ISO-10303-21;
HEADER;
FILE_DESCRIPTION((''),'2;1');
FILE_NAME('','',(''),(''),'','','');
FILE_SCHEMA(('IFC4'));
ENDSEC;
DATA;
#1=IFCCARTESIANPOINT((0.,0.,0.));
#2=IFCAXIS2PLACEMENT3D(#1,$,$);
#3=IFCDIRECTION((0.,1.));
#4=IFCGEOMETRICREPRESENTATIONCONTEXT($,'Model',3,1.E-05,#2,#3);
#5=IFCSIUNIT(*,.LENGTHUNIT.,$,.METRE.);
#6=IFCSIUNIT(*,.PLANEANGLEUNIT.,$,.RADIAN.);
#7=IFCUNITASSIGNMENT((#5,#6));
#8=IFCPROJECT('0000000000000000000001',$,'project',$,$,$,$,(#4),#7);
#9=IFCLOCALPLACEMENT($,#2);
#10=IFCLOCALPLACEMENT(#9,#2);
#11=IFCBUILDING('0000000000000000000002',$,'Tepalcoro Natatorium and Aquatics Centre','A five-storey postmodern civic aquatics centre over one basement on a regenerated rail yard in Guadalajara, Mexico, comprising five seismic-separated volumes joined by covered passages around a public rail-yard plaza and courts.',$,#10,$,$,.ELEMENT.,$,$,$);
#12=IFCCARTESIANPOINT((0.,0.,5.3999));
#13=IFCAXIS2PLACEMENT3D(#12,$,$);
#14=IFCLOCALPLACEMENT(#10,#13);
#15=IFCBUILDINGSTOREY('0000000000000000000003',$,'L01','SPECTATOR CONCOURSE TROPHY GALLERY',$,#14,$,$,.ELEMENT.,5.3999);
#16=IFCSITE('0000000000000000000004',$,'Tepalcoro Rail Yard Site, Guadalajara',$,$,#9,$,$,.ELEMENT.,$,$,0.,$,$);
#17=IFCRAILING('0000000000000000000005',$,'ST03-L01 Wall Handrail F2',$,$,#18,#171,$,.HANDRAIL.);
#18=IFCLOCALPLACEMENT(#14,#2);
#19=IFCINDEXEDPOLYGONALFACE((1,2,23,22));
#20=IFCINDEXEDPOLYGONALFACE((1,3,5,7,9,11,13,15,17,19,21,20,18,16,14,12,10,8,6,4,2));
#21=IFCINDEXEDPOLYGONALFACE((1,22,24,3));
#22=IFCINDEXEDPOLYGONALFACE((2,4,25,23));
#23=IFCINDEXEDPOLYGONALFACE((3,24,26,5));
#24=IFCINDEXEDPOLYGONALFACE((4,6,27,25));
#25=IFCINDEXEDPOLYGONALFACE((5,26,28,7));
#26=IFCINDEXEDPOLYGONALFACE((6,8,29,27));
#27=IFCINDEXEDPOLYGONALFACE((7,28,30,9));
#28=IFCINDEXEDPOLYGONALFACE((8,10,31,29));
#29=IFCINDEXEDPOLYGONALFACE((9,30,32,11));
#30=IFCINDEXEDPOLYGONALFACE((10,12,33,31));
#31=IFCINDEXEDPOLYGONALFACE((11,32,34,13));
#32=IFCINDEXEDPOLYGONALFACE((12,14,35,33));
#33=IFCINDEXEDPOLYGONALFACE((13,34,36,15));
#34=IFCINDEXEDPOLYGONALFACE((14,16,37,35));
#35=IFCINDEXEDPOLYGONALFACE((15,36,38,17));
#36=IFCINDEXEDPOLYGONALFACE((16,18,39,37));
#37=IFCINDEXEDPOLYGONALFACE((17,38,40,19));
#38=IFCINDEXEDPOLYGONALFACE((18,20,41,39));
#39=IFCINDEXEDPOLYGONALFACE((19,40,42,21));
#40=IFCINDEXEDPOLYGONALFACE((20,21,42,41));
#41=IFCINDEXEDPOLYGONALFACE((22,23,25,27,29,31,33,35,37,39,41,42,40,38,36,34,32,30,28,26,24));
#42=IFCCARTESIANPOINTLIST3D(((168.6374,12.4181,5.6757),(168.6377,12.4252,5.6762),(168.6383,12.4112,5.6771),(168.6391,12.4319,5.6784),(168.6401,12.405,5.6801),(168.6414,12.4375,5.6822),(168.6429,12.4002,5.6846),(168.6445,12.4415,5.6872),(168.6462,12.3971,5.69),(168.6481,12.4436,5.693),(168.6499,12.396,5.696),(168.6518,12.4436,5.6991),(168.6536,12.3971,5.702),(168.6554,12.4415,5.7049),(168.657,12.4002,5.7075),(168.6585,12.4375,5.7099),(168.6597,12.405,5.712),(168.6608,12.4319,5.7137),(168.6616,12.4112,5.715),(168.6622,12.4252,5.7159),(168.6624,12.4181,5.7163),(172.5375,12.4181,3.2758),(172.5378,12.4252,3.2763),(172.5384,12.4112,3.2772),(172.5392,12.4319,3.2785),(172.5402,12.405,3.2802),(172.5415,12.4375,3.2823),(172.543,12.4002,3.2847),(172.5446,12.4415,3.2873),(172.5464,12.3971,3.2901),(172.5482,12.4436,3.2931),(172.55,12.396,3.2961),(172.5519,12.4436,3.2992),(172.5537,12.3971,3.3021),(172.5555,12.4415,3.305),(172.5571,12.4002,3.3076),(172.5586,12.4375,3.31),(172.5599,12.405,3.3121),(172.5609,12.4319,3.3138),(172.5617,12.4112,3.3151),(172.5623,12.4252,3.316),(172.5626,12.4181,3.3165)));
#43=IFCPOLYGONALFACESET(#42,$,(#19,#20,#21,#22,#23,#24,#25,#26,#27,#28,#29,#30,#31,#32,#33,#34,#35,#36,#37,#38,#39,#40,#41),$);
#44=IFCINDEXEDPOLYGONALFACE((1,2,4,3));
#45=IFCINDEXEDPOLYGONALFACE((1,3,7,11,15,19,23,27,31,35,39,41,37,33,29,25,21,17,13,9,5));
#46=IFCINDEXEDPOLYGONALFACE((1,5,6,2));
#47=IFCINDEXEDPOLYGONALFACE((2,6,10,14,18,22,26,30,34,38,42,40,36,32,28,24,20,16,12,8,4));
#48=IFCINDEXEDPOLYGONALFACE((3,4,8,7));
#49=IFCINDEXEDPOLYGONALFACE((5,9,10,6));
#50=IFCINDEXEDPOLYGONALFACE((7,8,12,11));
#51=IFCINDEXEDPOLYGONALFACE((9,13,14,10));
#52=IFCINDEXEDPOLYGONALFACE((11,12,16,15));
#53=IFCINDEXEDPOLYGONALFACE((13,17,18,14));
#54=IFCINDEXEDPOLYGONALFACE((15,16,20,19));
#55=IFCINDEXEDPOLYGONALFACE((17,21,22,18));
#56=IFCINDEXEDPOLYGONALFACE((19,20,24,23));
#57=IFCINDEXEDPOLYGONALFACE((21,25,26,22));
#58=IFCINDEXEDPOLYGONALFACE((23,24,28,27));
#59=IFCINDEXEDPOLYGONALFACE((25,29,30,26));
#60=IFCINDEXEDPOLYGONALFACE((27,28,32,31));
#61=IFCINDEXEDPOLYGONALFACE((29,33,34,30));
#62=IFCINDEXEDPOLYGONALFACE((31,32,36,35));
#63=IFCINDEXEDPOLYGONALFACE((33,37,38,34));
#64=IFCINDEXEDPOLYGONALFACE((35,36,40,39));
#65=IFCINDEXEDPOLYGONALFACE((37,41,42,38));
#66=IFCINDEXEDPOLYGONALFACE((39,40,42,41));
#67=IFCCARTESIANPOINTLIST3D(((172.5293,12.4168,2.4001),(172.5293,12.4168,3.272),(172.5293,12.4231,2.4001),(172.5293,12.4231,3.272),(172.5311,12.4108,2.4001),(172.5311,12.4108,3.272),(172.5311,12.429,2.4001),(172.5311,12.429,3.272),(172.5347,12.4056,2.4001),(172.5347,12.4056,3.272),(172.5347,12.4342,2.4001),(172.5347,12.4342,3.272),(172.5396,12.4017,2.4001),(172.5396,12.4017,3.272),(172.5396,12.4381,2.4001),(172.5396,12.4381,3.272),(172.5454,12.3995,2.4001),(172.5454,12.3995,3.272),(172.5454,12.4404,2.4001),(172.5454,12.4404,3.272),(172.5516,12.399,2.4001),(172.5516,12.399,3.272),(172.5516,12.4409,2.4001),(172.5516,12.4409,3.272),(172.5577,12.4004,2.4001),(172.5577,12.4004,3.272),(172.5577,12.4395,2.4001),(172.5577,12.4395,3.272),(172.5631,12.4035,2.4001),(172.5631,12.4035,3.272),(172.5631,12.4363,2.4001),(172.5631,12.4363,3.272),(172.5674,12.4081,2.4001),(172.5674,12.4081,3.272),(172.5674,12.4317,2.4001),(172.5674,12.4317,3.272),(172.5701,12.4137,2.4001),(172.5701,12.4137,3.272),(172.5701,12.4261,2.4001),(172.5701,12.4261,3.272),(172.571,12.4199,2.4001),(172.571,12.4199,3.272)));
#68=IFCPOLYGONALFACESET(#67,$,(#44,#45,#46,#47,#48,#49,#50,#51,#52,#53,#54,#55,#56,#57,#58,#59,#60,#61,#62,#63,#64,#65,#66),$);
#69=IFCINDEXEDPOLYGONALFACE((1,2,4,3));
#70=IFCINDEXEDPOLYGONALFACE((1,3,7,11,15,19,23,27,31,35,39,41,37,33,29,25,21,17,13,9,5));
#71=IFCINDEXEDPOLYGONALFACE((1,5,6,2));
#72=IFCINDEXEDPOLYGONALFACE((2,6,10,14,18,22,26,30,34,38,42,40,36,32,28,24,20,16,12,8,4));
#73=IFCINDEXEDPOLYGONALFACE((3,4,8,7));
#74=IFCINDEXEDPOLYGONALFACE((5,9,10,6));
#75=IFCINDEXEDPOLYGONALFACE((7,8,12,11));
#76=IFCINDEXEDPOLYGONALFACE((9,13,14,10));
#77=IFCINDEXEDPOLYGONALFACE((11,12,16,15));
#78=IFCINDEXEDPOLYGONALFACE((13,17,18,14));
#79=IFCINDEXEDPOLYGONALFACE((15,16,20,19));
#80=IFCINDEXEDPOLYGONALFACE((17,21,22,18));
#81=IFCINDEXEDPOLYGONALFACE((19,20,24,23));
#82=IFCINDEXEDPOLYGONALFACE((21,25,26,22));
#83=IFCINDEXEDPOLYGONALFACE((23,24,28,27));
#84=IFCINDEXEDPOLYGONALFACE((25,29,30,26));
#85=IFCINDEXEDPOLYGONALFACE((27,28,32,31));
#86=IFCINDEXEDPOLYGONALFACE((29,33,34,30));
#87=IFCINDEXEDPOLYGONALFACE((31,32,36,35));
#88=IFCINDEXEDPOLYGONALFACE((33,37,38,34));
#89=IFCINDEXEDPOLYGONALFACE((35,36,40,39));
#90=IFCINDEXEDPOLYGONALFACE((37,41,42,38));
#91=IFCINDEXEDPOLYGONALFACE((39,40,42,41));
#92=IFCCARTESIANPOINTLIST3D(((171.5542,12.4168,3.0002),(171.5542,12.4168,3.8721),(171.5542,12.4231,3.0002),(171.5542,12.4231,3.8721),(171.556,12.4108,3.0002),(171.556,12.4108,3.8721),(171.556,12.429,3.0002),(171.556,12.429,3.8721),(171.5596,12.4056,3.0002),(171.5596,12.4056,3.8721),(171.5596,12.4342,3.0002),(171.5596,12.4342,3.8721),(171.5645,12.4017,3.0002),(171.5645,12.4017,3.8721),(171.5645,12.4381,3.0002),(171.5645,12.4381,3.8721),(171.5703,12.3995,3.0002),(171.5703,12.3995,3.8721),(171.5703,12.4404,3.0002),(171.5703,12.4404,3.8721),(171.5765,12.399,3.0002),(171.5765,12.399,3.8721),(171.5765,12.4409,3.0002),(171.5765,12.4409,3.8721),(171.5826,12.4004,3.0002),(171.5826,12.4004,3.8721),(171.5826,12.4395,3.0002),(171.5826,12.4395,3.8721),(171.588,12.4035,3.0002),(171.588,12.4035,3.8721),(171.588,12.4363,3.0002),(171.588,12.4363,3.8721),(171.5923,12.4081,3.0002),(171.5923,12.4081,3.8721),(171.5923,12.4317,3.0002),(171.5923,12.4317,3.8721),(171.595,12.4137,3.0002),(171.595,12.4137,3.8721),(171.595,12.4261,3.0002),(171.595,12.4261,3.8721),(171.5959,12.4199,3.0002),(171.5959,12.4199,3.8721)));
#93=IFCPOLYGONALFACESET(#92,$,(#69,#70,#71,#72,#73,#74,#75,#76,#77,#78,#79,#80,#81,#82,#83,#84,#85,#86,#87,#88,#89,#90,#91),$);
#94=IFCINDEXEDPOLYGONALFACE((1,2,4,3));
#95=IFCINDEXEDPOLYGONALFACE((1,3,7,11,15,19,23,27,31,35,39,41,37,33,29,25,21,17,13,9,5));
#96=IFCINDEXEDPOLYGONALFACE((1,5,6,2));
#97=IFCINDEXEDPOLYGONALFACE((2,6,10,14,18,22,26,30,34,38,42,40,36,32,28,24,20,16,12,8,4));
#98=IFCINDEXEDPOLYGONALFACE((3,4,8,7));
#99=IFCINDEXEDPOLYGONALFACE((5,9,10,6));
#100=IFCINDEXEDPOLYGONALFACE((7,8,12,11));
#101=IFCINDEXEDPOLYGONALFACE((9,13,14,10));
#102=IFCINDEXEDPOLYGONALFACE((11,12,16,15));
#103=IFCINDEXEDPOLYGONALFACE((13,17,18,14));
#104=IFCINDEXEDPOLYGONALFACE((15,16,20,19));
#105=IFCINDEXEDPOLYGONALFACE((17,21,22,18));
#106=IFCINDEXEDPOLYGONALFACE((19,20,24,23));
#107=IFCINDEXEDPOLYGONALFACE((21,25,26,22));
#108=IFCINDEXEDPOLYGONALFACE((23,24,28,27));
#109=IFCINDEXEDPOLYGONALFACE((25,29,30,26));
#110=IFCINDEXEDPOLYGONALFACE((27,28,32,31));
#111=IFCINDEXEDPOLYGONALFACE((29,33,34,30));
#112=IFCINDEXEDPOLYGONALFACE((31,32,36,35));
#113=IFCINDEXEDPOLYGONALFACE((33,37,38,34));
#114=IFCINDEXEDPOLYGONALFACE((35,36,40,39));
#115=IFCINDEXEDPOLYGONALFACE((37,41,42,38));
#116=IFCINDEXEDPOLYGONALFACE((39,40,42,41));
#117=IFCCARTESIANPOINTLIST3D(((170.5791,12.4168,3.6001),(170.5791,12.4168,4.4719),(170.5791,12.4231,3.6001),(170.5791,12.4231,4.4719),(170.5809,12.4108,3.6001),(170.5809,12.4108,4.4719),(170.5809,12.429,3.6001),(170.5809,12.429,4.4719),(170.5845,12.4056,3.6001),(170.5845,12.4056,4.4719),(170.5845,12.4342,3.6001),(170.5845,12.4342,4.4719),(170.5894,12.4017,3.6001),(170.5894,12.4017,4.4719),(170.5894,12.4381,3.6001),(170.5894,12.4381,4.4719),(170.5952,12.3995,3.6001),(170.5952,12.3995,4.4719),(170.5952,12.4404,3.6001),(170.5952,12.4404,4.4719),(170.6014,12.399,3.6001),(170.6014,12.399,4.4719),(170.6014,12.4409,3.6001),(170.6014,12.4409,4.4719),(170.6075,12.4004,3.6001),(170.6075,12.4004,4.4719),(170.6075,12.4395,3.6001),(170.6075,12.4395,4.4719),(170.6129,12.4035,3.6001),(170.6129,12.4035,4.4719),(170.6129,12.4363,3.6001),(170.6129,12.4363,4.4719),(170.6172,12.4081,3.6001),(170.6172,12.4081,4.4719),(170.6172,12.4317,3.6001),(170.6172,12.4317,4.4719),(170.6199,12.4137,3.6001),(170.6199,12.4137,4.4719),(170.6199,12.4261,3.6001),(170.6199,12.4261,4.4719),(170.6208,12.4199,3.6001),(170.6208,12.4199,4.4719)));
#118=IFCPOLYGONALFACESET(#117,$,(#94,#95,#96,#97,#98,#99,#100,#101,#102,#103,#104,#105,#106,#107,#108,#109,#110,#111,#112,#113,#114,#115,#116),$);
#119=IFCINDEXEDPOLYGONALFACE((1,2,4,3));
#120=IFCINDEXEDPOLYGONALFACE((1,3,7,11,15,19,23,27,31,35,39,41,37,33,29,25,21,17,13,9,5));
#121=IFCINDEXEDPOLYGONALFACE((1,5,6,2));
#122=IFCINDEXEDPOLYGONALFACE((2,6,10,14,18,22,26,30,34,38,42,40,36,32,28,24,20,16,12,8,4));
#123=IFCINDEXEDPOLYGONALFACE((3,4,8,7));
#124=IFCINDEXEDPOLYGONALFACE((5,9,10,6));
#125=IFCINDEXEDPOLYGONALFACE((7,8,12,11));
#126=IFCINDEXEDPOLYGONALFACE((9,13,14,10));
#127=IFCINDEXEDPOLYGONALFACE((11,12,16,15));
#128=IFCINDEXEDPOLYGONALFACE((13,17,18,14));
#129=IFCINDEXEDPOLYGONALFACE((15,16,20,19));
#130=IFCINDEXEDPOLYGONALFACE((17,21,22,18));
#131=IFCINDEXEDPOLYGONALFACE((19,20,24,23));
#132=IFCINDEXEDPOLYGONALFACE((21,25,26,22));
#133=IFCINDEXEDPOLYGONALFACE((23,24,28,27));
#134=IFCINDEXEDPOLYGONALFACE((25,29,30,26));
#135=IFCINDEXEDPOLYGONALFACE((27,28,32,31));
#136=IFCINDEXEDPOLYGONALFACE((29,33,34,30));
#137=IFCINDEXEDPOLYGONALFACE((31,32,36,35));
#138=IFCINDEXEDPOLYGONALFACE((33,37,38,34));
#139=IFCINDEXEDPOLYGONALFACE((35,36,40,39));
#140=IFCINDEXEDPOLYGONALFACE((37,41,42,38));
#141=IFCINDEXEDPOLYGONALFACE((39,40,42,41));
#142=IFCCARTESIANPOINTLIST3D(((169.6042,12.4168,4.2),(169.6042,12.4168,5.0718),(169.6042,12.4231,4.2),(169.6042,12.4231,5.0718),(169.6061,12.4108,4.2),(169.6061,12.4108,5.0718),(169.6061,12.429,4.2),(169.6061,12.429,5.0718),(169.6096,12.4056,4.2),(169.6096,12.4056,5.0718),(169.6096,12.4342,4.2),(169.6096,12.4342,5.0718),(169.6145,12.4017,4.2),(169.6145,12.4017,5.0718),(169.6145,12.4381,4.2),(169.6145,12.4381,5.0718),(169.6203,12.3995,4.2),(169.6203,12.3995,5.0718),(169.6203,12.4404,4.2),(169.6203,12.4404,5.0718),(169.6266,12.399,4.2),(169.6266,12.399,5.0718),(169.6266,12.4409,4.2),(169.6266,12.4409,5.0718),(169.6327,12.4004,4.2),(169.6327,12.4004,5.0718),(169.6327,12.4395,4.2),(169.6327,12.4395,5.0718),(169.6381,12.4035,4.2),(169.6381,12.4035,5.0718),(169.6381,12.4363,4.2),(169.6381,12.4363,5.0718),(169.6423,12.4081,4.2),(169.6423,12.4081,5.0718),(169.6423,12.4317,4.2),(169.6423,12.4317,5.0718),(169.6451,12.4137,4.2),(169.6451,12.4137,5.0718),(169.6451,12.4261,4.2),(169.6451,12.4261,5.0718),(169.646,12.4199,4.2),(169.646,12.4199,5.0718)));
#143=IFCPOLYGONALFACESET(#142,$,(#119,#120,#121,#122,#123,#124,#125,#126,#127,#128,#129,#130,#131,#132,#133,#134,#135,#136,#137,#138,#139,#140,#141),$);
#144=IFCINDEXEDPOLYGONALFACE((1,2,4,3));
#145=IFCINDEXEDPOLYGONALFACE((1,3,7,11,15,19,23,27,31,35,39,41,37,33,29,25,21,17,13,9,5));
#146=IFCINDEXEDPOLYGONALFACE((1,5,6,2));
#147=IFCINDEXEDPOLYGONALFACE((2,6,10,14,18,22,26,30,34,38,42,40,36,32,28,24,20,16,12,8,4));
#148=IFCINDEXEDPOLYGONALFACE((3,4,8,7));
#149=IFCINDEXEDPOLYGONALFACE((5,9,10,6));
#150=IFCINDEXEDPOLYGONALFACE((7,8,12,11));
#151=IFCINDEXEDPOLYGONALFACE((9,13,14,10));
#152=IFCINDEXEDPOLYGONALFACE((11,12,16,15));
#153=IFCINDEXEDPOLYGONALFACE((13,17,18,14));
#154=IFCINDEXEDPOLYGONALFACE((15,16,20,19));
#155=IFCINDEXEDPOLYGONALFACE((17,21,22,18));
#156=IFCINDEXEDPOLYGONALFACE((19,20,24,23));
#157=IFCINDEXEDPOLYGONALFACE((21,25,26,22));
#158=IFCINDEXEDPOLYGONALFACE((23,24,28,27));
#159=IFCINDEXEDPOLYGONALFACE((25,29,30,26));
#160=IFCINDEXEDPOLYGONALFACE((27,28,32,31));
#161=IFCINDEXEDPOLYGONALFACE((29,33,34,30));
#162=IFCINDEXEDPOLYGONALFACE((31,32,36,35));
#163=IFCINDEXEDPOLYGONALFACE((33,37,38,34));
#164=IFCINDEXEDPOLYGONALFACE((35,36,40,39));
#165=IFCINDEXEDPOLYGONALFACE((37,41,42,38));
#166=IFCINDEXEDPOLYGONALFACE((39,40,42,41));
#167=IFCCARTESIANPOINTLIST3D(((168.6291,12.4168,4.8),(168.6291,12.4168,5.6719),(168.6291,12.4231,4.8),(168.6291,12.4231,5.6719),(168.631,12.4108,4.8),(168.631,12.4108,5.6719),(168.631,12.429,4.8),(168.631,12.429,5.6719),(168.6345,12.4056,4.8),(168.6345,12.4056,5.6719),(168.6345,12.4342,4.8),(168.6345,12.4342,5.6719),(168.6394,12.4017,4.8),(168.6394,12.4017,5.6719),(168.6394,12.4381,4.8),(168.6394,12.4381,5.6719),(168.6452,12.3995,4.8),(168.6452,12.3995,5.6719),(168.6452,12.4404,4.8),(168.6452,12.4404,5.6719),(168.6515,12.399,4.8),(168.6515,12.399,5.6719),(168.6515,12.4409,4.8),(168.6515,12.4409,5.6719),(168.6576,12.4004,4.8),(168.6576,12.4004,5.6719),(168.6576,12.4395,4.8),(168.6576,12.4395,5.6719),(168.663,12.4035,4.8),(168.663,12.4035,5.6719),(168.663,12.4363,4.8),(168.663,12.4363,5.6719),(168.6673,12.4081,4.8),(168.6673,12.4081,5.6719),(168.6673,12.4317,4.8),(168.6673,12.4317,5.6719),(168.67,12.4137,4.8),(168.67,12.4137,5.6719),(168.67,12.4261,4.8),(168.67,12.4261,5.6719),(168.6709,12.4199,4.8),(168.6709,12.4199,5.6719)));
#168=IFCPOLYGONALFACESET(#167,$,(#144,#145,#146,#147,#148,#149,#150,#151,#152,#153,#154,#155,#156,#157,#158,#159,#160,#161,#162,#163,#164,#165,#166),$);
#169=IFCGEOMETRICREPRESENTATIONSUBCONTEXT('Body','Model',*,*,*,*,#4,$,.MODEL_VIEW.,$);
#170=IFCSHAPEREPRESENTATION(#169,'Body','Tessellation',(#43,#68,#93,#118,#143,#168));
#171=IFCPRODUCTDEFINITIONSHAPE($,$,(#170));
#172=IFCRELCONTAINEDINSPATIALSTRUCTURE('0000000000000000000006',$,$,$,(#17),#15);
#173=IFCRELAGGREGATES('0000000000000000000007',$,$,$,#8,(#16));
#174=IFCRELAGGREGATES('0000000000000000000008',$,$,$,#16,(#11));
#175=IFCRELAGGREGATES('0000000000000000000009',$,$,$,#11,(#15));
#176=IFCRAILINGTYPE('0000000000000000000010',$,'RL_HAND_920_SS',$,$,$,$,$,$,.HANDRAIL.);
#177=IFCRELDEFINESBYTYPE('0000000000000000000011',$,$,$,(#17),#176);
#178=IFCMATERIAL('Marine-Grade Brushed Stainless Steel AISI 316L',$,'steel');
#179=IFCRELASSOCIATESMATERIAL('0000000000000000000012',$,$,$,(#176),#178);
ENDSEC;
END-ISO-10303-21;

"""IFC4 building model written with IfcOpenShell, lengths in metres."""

from ifc_helpers import new_model, si_unit, direction, frame, origin, origin_2d, place, context, subcontext, project, spatial, circle, extrude, material, type_object, element, save


model = new_model("IFC4")

# Units and contexts
model_context = context("Model", 3, precision=1e-05, world=origin(), true_north=direction((0.0, 1.0)))
body_context = subcontext(model_context, "Body", "Model", "MODEL_VIEW")
ifc_project = project(units=[si_unit("LENGTHUNIT", "METRE"), si_unit("PLANEANGLEUNIT", "RADIAN")], contexts=[model_context])

# Site, building, storey
site_placement = place(None, origin())
site = spatial("IfcSite", under=ifc_project, at=site_placement, Name="Tepalcoro Rail Yard Site, Guadalajara", CompositionType="ELEMENT", RefElevation=0.0)
building_placement = place(site_placement, origin())
building = spatial("IfcBuilding", under=site, at=building_placement, Name="Tepalcoro Natatorium and Aquatics Centre", Description="A five-storey postmodern civic aquatics centre over one basement on a regenerated rail yard in Guadalajara, Mexico, comprising five seismic-separated volumes joined by covered passages around a public rail-yard plaza and courts.", CompositionType="ELEMENT")
storey_placement = place(building_placement, frame((0.0, 0.0, 5.3999)))
storey = spatial("IfcBuildingStorey", under=building, at=storey_placement, Name="L01", Description="SPECTATOR CONCOURSE TROPHY GALLERY", CompositionType="ELEMENT", Elevation=5.3999)

# Railing
ifc_material_1 = material(Name="Marine-Grade Brushed Stainless Steel AISI 316L", Category="steel")
railing_type_1 = type_object("IfcRailingType", Name="RL_HAND_920_SS", PredefinedType="HANDRAIL", material=ifc_material_1)
railing_1_placement = place(storey_placement, frame((172.55, 12.4199, 2.4001)))
element("IfcRailing", 1, at=railing_1_placement, inside=storey, type_object=railing_type_1, Name="ST03-L01 Wall Handrail F2", PredefinedType="HANDRAIL", context=body_context, shape_type="SweptSolid", body=[
    extrude(circle(Radius=0.0239, at=origin_2d()), frame((0.0, 0.0, 0.896), z_axis=(-0.851677, 0.0, 0.524068), x_axis=(0.0, -1.0, 0.0)), (0.0, 0.0, 1.0), 4.5793),
    extrude(circle(Radius=0.021, at=origin_2d()), origin(), (0.0, 0.0, 1.0), 0.8718),
    extrude(circle(Radius=0.021, at=origin_2d()), frame((-0.9751, 0.0, 0.6001)), (0.0, 0.0, 1.0), 0.8718),
    extrude(circle(Radius=0.021, at=origin_2d()), frame((-1.9502, 0.0, 1.2)), (0.0, 0.0, 1.0), 0.8718),
    extrude(circle(Radius=0.021, at=origin_2d()), frame((-2.925, 0.0, 1.7998)), (0.0, 0.0, 1.0), 0.8718),
    extrude(circle(Radius=0.021, at=origin_2d()), frame((-3.9001, 0.0, 2.3999)), (0.0, 0.0, 1.0), 0.8718),
])

save(model, "model.ifc")
